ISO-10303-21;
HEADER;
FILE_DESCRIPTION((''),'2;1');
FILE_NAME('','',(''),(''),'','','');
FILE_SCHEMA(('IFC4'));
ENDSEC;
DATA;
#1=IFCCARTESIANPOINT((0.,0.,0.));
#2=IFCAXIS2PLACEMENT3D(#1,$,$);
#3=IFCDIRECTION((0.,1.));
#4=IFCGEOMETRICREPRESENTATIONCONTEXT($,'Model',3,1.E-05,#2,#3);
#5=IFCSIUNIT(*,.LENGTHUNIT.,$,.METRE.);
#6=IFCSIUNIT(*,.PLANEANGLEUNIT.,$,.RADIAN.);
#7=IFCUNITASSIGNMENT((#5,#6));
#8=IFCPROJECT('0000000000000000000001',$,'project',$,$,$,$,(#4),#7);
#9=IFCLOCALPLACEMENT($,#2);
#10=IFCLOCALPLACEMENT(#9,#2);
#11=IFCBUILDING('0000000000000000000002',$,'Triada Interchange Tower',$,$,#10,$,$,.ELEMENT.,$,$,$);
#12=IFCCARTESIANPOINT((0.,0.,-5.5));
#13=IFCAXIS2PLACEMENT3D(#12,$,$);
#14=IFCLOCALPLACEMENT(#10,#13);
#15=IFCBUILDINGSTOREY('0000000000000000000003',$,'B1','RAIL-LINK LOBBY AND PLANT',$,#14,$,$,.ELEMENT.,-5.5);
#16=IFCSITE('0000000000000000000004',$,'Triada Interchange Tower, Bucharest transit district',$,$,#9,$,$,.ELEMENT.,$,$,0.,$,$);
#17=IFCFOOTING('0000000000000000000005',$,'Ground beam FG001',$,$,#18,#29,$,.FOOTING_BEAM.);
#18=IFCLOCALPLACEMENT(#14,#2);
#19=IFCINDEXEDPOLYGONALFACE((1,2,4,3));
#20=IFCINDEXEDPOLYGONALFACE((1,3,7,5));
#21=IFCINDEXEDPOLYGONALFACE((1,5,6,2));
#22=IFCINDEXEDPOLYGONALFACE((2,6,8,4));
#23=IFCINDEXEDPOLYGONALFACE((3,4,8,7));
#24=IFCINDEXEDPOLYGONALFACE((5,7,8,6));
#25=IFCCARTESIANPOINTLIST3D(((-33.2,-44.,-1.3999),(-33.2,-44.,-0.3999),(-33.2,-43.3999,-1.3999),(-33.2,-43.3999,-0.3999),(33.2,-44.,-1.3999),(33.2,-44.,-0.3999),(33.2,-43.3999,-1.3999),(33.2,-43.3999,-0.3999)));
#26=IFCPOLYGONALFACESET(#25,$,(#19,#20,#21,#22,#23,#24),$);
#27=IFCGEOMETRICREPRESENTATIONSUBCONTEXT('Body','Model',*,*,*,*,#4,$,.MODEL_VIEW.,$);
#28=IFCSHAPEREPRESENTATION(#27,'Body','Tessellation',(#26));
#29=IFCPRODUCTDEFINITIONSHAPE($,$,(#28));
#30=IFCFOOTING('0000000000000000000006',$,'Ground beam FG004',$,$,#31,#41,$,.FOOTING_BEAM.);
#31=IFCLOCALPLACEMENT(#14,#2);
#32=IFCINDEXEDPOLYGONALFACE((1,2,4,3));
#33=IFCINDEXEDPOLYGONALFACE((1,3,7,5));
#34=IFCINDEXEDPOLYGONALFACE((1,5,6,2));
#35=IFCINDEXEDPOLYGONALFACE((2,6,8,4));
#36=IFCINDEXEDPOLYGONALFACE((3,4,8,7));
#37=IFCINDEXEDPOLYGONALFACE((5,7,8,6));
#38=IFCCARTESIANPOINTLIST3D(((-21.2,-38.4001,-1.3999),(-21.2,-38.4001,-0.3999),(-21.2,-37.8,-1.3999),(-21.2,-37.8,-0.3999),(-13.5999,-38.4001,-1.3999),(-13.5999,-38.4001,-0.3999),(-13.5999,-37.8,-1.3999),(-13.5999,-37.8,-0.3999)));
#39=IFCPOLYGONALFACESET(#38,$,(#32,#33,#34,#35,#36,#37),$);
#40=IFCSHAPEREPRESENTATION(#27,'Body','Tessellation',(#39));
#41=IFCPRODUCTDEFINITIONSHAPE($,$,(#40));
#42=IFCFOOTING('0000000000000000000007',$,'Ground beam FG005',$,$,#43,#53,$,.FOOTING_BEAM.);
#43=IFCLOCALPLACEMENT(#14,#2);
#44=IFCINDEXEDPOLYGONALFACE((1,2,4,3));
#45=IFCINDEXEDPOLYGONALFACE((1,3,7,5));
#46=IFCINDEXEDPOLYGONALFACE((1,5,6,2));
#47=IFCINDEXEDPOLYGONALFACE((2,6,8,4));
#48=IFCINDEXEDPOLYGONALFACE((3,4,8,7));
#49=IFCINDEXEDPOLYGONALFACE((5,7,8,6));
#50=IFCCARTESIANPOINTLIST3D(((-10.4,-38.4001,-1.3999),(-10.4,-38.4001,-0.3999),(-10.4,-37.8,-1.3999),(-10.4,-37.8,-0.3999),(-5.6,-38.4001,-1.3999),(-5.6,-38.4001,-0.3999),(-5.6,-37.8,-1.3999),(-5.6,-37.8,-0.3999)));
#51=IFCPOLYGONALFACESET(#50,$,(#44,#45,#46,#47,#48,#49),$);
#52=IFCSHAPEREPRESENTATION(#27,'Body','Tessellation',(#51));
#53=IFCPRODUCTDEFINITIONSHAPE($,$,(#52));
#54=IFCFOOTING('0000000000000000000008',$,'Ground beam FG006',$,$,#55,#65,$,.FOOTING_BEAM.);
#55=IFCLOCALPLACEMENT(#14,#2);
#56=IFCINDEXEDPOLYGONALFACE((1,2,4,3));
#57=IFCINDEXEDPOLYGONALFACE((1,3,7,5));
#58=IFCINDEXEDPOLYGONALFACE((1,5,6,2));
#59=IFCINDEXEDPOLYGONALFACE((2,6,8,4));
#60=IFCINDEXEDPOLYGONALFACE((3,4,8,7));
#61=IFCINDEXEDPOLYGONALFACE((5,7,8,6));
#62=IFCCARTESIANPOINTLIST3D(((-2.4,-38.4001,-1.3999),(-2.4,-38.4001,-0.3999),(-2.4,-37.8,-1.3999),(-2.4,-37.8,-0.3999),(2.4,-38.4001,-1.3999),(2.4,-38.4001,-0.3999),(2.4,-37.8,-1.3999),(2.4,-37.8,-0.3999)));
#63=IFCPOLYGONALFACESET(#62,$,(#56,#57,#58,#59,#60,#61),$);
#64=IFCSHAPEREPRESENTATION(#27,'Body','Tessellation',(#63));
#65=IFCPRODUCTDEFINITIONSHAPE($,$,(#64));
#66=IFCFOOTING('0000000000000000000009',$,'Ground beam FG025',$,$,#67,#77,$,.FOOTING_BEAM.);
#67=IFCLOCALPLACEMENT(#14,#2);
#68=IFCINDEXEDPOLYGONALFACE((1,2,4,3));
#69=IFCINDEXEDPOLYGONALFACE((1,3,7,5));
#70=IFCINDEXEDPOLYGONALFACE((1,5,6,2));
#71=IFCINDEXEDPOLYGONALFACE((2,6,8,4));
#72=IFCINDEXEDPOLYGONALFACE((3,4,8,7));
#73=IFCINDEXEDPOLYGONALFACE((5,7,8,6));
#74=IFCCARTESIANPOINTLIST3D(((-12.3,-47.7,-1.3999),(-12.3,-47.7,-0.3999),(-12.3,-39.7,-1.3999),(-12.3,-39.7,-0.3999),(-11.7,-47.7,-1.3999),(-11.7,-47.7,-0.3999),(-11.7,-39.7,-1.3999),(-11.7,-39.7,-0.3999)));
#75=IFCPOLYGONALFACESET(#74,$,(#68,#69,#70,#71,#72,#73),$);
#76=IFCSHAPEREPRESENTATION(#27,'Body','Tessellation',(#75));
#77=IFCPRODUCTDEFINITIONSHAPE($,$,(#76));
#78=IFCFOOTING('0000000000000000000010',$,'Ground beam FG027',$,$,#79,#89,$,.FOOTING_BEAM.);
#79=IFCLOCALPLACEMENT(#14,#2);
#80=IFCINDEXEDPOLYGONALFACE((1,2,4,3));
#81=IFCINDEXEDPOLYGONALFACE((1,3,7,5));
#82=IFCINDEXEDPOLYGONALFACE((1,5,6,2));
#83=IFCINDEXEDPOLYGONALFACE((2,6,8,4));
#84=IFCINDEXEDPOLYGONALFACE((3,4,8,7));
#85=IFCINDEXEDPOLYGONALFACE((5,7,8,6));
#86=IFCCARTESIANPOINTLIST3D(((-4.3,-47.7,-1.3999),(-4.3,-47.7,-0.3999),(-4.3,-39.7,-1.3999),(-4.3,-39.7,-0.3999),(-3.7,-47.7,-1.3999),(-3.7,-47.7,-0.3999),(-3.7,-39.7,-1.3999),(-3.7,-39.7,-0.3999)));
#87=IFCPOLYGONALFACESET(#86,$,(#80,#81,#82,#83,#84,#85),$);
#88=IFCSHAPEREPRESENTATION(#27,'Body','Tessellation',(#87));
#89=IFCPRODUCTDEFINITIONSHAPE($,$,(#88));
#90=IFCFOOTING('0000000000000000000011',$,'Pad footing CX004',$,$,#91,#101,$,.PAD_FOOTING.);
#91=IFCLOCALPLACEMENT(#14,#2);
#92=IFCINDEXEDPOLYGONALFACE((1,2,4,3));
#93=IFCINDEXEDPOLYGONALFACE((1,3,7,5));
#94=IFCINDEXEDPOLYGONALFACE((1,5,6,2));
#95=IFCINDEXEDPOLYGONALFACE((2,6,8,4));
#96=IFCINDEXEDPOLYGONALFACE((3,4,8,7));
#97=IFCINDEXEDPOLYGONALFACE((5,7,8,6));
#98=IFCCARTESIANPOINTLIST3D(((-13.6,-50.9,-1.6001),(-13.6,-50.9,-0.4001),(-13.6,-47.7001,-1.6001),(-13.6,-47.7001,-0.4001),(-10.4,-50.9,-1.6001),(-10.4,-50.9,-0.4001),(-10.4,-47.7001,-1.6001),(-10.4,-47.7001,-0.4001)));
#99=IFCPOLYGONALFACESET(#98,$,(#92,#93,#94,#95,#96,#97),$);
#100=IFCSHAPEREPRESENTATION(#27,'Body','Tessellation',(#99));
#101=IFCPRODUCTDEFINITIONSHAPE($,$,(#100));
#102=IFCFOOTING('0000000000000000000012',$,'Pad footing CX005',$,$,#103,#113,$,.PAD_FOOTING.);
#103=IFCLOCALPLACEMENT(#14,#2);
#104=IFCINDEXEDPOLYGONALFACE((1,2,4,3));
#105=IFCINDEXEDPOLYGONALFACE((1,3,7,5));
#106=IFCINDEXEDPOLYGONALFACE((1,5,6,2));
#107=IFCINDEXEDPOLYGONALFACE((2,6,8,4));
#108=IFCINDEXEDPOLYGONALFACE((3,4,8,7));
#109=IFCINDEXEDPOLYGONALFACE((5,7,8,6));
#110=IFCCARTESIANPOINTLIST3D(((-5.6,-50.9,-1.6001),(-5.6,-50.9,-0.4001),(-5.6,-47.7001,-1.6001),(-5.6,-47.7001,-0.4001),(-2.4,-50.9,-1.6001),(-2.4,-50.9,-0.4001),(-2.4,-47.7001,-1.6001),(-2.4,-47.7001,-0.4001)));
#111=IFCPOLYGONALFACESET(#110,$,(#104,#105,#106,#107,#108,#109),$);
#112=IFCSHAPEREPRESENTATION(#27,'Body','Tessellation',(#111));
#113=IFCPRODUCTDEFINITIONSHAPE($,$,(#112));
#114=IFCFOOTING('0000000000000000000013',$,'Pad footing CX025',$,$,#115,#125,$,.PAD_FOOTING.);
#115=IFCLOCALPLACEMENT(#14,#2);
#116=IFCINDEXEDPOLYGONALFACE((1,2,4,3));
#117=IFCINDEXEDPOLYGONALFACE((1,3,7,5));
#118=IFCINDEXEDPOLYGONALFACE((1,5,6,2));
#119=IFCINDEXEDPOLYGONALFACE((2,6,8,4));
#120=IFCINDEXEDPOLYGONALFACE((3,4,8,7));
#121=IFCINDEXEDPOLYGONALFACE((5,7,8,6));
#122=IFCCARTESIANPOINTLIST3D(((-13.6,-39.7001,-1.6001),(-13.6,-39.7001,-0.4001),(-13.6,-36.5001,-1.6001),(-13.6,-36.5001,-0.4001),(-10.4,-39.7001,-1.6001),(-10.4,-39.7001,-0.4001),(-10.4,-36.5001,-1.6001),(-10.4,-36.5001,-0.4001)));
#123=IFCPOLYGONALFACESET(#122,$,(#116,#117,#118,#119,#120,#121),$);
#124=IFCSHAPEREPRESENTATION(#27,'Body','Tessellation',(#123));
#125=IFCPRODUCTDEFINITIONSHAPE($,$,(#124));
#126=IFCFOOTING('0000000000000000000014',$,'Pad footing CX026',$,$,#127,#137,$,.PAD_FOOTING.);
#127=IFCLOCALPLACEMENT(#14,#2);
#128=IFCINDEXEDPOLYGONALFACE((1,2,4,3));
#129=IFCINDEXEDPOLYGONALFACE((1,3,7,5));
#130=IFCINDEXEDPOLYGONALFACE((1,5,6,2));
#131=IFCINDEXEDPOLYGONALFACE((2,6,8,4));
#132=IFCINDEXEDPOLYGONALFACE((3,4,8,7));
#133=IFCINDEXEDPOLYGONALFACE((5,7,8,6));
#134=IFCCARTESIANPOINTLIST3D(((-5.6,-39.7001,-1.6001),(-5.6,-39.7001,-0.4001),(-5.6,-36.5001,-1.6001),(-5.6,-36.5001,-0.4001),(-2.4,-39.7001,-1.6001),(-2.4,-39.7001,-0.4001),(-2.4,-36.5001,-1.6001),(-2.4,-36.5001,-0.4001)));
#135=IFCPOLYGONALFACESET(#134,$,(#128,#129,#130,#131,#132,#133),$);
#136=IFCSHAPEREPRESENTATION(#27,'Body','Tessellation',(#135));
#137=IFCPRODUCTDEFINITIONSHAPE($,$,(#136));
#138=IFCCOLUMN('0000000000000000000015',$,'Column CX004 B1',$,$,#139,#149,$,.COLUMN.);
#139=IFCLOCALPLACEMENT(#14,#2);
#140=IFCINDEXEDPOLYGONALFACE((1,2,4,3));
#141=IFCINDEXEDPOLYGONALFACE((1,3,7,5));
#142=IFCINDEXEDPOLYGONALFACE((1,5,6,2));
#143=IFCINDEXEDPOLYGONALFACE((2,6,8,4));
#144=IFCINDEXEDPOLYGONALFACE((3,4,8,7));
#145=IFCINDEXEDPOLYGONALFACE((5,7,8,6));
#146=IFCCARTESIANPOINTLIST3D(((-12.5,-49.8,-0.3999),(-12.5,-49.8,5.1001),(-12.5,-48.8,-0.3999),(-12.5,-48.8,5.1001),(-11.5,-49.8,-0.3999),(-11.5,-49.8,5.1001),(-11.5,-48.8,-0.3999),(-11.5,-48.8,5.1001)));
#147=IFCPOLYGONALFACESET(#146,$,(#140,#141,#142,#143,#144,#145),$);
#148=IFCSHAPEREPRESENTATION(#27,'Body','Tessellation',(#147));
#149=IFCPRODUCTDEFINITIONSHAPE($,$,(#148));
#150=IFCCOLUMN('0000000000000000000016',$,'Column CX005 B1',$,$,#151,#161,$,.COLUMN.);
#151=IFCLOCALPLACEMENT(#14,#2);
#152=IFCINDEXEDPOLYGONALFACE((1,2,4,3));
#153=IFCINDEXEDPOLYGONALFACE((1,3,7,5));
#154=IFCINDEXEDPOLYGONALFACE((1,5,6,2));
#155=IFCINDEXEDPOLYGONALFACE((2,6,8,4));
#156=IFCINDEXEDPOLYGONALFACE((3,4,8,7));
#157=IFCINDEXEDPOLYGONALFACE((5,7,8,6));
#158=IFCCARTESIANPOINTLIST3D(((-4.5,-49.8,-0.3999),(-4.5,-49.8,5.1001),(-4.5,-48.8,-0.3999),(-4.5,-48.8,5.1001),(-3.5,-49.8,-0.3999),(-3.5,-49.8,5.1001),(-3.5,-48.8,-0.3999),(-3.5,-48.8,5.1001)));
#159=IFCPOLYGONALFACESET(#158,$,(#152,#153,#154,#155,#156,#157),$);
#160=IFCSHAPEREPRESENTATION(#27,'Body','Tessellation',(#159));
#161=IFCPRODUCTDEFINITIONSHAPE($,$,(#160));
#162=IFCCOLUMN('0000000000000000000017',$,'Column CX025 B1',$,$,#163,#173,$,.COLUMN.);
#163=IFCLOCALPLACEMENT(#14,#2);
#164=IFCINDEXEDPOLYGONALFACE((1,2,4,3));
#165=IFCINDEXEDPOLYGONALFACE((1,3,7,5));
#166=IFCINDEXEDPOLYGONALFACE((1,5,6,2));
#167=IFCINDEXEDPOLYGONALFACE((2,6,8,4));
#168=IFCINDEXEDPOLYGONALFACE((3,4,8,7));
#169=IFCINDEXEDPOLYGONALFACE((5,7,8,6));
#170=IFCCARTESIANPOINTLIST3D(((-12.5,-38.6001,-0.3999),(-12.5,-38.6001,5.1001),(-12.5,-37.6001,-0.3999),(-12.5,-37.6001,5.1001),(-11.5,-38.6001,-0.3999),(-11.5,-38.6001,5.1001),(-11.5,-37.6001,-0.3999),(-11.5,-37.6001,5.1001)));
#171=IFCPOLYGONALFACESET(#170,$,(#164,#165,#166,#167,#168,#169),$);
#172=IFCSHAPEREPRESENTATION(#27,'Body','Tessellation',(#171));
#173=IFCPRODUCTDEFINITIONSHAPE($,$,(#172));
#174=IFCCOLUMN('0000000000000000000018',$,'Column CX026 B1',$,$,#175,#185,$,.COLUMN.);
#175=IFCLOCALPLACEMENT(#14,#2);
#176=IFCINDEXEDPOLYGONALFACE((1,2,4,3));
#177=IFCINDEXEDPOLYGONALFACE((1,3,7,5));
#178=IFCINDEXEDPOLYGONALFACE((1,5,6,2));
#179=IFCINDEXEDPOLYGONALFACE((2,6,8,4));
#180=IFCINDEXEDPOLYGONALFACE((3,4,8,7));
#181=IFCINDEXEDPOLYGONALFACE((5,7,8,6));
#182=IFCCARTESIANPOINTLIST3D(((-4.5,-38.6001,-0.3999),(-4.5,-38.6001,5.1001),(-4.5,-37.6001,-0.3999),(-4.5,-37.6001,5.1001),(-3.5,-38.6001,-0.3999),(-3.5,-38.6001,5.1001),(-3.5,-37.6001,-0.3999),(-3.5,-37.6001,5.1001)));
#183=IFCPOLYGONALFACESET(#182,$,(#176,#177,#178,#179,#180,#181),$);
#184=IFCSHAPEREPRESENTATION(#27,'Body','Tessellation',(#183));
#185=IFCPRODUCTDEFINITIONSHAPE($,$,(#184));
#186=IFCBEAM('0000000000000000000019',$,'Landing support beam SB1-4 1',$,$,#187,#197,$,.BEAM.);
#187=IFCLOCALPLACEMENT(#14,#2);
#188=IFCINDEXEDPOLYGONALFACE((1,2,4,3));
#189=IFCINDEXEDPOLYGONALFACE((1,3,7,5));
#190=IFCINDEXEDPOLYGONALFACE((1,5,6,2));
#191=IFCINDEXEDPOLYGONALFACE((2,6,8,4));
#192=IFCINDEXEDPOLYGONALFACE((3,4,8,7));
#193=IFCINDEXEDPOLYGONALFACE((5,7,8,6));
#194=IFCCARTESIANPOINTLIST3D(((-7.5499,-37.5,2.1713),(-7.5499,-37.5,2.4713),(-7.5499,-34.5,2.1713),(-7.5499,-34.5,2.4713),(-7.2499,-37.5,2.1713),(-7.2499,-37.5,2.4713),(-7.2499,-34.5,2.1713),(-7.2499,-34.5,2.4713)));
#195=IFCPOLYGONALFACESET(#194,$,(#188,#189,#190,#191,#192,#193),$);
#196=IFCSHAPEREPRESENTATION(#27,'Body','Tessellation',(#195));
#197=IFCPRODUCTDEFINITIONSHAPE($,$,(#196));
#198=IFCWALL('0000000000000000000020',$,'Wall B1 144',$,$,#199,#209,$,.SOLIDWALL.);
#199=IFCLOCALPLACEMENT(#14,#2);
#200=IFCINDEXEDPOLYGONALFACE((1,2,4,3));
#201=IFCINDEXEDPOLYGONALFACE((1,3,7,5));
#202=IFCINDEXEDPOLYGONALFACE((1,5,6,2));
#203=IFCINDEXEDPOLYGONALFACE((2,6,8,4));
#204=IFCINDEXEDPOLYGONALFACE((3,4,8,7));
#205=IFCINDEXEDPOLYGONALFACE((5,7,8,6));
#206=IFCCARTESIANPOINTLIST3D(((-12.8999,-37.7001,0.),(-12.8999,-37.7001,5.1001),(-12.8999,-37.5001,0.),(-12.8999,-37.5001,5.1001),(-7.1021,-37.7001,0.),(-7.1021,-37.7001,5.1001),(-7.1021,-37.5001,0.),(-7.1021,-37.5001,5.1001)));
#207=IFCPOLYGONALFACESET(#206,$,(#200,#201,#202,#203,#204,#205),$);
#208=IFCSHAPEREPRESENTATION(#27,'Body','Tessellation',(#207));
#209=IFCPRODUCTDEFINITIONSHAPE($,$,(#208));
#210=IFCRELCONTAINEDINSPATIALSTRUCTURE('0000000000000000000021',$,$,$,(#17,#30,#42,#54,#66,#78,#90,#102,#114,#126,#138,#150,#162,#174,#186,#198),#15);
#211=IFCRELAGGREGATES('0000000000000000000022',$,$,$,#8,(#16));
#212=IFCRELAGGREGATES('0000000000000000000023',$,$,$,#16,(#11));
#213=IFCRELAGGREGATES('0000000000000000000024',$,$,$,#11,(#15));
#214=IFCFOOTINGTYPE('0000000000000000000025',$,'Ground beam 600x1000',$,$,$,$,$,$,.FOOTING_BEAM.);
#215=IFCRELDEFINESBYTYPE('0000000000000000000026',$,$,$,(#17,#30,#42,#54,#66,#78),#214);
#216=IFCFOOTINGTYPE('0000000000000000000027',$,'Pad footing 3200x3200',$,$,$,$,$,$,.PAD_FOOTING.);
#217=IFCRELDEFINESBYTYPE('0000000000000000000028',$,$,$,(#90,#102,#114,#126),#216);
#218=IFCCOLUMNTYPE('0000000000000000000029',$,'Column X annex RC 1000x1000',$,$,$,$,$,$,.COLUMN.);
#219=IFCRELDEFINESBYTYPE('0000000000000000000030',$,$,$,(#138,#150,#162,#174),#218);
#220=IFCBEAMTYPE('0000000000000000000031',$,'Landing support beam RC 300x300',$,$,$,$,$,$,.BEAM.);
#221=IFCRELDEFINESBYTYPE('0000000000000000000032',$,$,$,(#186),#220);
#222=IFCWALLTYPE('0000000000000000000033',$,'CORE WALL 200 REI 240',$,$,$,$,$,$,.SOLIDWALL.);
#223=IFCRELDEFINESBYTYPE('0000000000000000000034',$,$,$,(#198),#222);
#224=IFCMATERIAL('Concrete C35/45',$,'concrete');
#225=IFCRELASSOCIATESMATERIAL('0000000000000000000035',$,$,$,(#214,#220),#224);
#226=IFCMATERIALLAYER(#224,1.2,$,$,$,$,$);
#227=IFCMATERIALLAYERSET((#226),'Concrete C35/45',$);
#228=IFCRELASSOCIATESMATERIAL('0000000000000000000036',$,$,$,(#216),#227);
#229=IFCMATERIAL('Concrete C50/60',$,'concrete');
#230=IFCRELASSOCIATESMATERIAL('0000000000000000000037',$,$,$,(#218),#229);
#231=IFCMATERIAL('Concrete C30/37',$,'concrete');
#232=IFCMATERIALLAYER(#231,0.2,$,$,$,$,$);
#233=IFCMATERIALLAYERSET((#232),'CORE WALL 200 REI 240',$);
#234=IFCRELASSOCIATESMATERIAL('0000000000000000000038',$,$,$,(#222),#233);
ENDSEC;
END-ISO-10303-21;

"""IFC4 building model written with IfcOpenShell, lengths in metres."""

from ifc_helpers import new_model, si_unit, direction, frame, frame_2d, origin, origin_2d, place, context, subcontext, project, spatial, rectangle, extrude, material, layer, layer_set, material_profile, profile_set, type_object, element, save


model = new_model("IFC4")

# Units and contexts
model_context = context("Model", 3, precision=1e-05, world=origin(), true_north=direction((0.0, 1.0)))
body_context = subcontext(model_context, "Body", "Model", "MODEL_VIEW")
ifc_project = project(units=[si_unit("LENGTHUNIT", "METRE"), si_unit("PLANEANGLEUNIT", "RADIAN")], contexts=[model_context])

# Site, building, storey
site_placement = place(None, origin())
site = spatial("IfcSite", under=ifc_project, at=site_placement, Name="Triada Interchange Tower, Bucharest transit district", CompositionType="ELEMENT", RefElevation=0.0)
building_placement = place(site_placement, origin())
building = spatial("IfcBuilding", under=site, at=building_placement, Name="Triada Interchange Tower", CompositionType="ELEMENT")
storey_placement = place(building_placement, frame((0.0, 0.0, -5.5)))
storey = spatial("IfcBuildingStorey", under=building, at=storey_placement, Name="B1", Description="RAIL-LINK LOBBY AND PLANT", CompositionType="ELEMENT", Elevation=-5.5)

# Footings
ifc_material_1 = material(Name="Concrete C35/45", Category="concrete")
footing_type_1 = type_object("IfcFootingType", Name="Ground beam 600x1000", PredefinedType="FOOTING_BEAM", material=ifc_material_1)
footing_1_placement = place(storey_placement, frame((0.0, -43.7, -1.3999), z_axis=(0.0, 0.0, 1.0), x_axis=(1.0, 0.0, 0.0)))
element("IfcFooting", 1, at=footing_1_placement, inside=storey, type_object=footing_type_1, Name="Ground beam FG001", PredefinedType="FOOTING_BEAM", context=body_context, shape_type="SweptSolid", body=[
    extrude(rectangle(XDim=66.3999, YDim=0.6001, at=origin_2d()), origin(), (0.0, 0.0, 1.0), 1.0),
])
footing_2_placement = place(storey_placement, frame((-17.3999, -38.1001, -1.3999), z_axis=(0.0, 0.0, 1.0), x_axis=(1.0, 0.0, 0.0)))
element("IfcFooting", 2, at=footing_2_placement, inside=storey, type_object=footing_type_1, Name="Ground beam FG004", PredefinedType="FOOTING_BEAM", context=body_context, shape_type="SweptSolid", body=[
    extrude(rectangle(XDim=7.6001, YDim=0.6001, at=origin_2d()), origin(), (0.0, 0.0, 1.0), 1.0),
])
for number, where, z_axis, x_axis, name in (
    (3, (-8.0, -38.1001, -1.3999), (0.0, 0.0, 1.0), (1.0, 0.0, 0.0), "Ground beam FG005"),
    (4, (0.0, -38.1001, -1.3999), (0.0, 0.0, 1.0), (1.0, 0.0, 0.0), "Ground beam FG006"),
):
    element("IfcFooting", number, at=place(storey_placement, frame(where, z_axis=z_axis, x_axis=x_axis)), inside=storey, type_object=footing_type_1, Name=name, PredefinedType="FOOTING_BEAM", context=body_context, shape_type="SweptSolid", body=[
        extrude(rectangle(XDim=4.8, YDim=0.6001, at=origin_2d()), origin(), (0.0, 0.0, 1.0), 1.0),
    ])
for number, where, z_axis, x_axis, name in (
    (5, (-12.0, -43.7, -1.3999), (0.0, 0.0, 1.0), (1.0, 0.0, 0.0), "Ground beam FG025"),
    (6, (-4.0, -43.7, -1.3999), (0.0, 0.0, 1.0), (1.0, 0.0, 0.0), "Ground beam FG027"),
):
    element("IfcFooting", number, at=place(storey_placement, frame(where, z_axis=z_axis, x_axis=x_axis)), inside=storey, type_object=footing_type_1, Name=name, PredefinedType="FOOTING_BEAM", context=body_context, shape_type="SweptSolid", body=[
        extrude(rectangle(XDim=0.6001, YDim=8.0, at=origin_2d()), origin(), (0.0, 0.0, 1.0), 1.0),
    ])
ifc_layer_1 = layer(ifc_material_1, 1.2)
ifc_layer_set_1 = layer_set([ifc_layer_1], Name="Concrete C35/45")
footing_type_2 = type_object("IfcFootingType", Name="Pad footing 3200x3200", PredefinedType="PAD_FOOTING", material=ifc_layer_set_1)
for number, where, z_axis, x_axis, name in (
    (7, (-12.0, -49.3, -1.6001), (0.0, 0.0, 1.0), (1.0, 0.0, 0.0), "Pad footing CX004"),
    (8, (-4.0, -49.3, -1.6001), (0.0, 0.0, 1.0), (1.0, 0.0, 0.0), "Pad footing CX005"),
    (9, (-12.0, -38.1001, -1.6001), (0.0, 0.0, 1.0), (1.0, 0.0, 0.0), "Pad footing CX025"),
    (10, (-4.0, -38.1001, -1.6001), (0.0, 0.0, 1.0), (1.0, 0.0, 0.0), "Pad footing CX026"),
):
    element("IfcFooting", number, at=place(storey_placement, frame(where, z_axis=z_axis, x_axis=x_axis)), inside=storey, type_object=footing_type_2, Name=name, PredefinedType="PAD_FOOTING", context=body_context, shape_type="SweptSolid", body=[
        extrude(rectangle(XDim=3.2, YDim=3.2, at=origin_2d()), origin(), (0.0, 0.0, 1.0), 1.2),
    ])

# Columns
ifc_material_2 = material(Name="Concrete C50/60", Category="concrete")
ifc_material_profile_1 = material_profile(ifc_material_2, rectangle(XDim=1.0, YDim=1.0, at=origin_2d()), Name="RC 1000x1000")
ifc_profile_set_1 = profile_set([ifc_material_profile_1], Name="Concrete C50/60")
column_type = type_object("IfcColumnType", Name="Column X annex RC 1000x1000", PredefinedType="COLUMN", material=ifc_profile_set_1)
for number, where, z_axis, x_axis, name in (
    (11, (-12.0, -49.3, -0.3999), (0.0, 0.0, 1.0), (1.0, 0.0, 0.0), "Column CX004 B1"),
    (12, (-4.0, -49.3, -0.3999), (0.0, 0.0, 1.0), (1.0, 0.0, 0.0), "Column CX005 B1"),
    (13, (-12.0, -38.1001, -0.3999), (0.0, 0.0, 1.0), (1.0, 0.0, 0.0), "Column CX025 B1"),
    (14, (-4.0, -38.1001, -0.3999), (0.0, 0.0, 1.0), (1.0, 0.0, 0.0), "Column CX026 B1"),
):
    element("IfcColumn", number, at=place(storey_placement, frame(where, z_axis=z_axis, x_axis=x_axis)), inside=storey, type_object=column_type, Name=name, PredefinedType="COLUMN", context=body_context, shape_type="SweptSolid", body=[
        extrude(rectangle(XDim=1.0, YDim=1.0, at=origin_2d()), origin(), (0.0, 0.0, 1.0), 5.5),
    ])

# Beam
ifc_material_profile_2 = material_profile(ifc_material_1, rectangle(XDim=0.3, YDim=0.3, at=origin_2d()), Name="RC 300x300")
ifc_profile_set_2 = profile_set([ifc_material_profile_2], Name="Concrete C35/45")
beam_type = type_object("IfcBeamType", Name="Landing support beam RC 300x300", PredefinedType="BEAM", material=ifc_profile_set_2)
beam_placement = place(storey_placement, frame((-7.3999, -37.5, 2.3213), z_axis=(0.0, 1.0, 0.0), x_axis=(-1.0, 0.0, 0.0)))
element("IfcBeam", 15, at=beam_placement, inside=storey, type_object=beam_type, Name="Landing support beam SB1-4 1", PredefinedType="BEAM", context=body_context, shape_type="SweptSolid", body=[
    extrude(rectangle(XDim=0.3, YDim=0.3, at=origin_2d()), origin(), (0.0, 0.0, 1.0), 3.0),
])

# Wall
ifc_material_3 = material(Name="Concrete C30/37", Category="concrete")
ifc_layer_2 = layer(ifc_material_3, 0.2)
ifc_layer_set_2 = layer_set([ifc_layer_2], Name="CORE WALL 200 REI 240")
wall_type_1 = type_object("IfcWallType", Name="CORE WALL 200 REI 240", PredefinedType="SOLIDWALL", material=ifc_layer_set_2)
wall_1_placement = place(storey_placement, frame((-12.8999, -37.6001, 0.0), z_axis=(0.0, 0.0, 1.0), x_axis=(1.0, 0.0, 0.0)))
element("IfcWall", 16, at=wall_1_placement, inside=storey, type_object=wall_type_1, Name="Wall B1 144", PredefinedType="SOLIDWALL", context=body_context, shape_type="SweptSolid", body=[
    extrude(rectangle(XDim=5.7979, YDim=0.2, at=frame_2d((2.8989, 0.0))), origin(), (0.0, 0.0, 1.0), 5.1001),
])

save(model, "model.ifc")
